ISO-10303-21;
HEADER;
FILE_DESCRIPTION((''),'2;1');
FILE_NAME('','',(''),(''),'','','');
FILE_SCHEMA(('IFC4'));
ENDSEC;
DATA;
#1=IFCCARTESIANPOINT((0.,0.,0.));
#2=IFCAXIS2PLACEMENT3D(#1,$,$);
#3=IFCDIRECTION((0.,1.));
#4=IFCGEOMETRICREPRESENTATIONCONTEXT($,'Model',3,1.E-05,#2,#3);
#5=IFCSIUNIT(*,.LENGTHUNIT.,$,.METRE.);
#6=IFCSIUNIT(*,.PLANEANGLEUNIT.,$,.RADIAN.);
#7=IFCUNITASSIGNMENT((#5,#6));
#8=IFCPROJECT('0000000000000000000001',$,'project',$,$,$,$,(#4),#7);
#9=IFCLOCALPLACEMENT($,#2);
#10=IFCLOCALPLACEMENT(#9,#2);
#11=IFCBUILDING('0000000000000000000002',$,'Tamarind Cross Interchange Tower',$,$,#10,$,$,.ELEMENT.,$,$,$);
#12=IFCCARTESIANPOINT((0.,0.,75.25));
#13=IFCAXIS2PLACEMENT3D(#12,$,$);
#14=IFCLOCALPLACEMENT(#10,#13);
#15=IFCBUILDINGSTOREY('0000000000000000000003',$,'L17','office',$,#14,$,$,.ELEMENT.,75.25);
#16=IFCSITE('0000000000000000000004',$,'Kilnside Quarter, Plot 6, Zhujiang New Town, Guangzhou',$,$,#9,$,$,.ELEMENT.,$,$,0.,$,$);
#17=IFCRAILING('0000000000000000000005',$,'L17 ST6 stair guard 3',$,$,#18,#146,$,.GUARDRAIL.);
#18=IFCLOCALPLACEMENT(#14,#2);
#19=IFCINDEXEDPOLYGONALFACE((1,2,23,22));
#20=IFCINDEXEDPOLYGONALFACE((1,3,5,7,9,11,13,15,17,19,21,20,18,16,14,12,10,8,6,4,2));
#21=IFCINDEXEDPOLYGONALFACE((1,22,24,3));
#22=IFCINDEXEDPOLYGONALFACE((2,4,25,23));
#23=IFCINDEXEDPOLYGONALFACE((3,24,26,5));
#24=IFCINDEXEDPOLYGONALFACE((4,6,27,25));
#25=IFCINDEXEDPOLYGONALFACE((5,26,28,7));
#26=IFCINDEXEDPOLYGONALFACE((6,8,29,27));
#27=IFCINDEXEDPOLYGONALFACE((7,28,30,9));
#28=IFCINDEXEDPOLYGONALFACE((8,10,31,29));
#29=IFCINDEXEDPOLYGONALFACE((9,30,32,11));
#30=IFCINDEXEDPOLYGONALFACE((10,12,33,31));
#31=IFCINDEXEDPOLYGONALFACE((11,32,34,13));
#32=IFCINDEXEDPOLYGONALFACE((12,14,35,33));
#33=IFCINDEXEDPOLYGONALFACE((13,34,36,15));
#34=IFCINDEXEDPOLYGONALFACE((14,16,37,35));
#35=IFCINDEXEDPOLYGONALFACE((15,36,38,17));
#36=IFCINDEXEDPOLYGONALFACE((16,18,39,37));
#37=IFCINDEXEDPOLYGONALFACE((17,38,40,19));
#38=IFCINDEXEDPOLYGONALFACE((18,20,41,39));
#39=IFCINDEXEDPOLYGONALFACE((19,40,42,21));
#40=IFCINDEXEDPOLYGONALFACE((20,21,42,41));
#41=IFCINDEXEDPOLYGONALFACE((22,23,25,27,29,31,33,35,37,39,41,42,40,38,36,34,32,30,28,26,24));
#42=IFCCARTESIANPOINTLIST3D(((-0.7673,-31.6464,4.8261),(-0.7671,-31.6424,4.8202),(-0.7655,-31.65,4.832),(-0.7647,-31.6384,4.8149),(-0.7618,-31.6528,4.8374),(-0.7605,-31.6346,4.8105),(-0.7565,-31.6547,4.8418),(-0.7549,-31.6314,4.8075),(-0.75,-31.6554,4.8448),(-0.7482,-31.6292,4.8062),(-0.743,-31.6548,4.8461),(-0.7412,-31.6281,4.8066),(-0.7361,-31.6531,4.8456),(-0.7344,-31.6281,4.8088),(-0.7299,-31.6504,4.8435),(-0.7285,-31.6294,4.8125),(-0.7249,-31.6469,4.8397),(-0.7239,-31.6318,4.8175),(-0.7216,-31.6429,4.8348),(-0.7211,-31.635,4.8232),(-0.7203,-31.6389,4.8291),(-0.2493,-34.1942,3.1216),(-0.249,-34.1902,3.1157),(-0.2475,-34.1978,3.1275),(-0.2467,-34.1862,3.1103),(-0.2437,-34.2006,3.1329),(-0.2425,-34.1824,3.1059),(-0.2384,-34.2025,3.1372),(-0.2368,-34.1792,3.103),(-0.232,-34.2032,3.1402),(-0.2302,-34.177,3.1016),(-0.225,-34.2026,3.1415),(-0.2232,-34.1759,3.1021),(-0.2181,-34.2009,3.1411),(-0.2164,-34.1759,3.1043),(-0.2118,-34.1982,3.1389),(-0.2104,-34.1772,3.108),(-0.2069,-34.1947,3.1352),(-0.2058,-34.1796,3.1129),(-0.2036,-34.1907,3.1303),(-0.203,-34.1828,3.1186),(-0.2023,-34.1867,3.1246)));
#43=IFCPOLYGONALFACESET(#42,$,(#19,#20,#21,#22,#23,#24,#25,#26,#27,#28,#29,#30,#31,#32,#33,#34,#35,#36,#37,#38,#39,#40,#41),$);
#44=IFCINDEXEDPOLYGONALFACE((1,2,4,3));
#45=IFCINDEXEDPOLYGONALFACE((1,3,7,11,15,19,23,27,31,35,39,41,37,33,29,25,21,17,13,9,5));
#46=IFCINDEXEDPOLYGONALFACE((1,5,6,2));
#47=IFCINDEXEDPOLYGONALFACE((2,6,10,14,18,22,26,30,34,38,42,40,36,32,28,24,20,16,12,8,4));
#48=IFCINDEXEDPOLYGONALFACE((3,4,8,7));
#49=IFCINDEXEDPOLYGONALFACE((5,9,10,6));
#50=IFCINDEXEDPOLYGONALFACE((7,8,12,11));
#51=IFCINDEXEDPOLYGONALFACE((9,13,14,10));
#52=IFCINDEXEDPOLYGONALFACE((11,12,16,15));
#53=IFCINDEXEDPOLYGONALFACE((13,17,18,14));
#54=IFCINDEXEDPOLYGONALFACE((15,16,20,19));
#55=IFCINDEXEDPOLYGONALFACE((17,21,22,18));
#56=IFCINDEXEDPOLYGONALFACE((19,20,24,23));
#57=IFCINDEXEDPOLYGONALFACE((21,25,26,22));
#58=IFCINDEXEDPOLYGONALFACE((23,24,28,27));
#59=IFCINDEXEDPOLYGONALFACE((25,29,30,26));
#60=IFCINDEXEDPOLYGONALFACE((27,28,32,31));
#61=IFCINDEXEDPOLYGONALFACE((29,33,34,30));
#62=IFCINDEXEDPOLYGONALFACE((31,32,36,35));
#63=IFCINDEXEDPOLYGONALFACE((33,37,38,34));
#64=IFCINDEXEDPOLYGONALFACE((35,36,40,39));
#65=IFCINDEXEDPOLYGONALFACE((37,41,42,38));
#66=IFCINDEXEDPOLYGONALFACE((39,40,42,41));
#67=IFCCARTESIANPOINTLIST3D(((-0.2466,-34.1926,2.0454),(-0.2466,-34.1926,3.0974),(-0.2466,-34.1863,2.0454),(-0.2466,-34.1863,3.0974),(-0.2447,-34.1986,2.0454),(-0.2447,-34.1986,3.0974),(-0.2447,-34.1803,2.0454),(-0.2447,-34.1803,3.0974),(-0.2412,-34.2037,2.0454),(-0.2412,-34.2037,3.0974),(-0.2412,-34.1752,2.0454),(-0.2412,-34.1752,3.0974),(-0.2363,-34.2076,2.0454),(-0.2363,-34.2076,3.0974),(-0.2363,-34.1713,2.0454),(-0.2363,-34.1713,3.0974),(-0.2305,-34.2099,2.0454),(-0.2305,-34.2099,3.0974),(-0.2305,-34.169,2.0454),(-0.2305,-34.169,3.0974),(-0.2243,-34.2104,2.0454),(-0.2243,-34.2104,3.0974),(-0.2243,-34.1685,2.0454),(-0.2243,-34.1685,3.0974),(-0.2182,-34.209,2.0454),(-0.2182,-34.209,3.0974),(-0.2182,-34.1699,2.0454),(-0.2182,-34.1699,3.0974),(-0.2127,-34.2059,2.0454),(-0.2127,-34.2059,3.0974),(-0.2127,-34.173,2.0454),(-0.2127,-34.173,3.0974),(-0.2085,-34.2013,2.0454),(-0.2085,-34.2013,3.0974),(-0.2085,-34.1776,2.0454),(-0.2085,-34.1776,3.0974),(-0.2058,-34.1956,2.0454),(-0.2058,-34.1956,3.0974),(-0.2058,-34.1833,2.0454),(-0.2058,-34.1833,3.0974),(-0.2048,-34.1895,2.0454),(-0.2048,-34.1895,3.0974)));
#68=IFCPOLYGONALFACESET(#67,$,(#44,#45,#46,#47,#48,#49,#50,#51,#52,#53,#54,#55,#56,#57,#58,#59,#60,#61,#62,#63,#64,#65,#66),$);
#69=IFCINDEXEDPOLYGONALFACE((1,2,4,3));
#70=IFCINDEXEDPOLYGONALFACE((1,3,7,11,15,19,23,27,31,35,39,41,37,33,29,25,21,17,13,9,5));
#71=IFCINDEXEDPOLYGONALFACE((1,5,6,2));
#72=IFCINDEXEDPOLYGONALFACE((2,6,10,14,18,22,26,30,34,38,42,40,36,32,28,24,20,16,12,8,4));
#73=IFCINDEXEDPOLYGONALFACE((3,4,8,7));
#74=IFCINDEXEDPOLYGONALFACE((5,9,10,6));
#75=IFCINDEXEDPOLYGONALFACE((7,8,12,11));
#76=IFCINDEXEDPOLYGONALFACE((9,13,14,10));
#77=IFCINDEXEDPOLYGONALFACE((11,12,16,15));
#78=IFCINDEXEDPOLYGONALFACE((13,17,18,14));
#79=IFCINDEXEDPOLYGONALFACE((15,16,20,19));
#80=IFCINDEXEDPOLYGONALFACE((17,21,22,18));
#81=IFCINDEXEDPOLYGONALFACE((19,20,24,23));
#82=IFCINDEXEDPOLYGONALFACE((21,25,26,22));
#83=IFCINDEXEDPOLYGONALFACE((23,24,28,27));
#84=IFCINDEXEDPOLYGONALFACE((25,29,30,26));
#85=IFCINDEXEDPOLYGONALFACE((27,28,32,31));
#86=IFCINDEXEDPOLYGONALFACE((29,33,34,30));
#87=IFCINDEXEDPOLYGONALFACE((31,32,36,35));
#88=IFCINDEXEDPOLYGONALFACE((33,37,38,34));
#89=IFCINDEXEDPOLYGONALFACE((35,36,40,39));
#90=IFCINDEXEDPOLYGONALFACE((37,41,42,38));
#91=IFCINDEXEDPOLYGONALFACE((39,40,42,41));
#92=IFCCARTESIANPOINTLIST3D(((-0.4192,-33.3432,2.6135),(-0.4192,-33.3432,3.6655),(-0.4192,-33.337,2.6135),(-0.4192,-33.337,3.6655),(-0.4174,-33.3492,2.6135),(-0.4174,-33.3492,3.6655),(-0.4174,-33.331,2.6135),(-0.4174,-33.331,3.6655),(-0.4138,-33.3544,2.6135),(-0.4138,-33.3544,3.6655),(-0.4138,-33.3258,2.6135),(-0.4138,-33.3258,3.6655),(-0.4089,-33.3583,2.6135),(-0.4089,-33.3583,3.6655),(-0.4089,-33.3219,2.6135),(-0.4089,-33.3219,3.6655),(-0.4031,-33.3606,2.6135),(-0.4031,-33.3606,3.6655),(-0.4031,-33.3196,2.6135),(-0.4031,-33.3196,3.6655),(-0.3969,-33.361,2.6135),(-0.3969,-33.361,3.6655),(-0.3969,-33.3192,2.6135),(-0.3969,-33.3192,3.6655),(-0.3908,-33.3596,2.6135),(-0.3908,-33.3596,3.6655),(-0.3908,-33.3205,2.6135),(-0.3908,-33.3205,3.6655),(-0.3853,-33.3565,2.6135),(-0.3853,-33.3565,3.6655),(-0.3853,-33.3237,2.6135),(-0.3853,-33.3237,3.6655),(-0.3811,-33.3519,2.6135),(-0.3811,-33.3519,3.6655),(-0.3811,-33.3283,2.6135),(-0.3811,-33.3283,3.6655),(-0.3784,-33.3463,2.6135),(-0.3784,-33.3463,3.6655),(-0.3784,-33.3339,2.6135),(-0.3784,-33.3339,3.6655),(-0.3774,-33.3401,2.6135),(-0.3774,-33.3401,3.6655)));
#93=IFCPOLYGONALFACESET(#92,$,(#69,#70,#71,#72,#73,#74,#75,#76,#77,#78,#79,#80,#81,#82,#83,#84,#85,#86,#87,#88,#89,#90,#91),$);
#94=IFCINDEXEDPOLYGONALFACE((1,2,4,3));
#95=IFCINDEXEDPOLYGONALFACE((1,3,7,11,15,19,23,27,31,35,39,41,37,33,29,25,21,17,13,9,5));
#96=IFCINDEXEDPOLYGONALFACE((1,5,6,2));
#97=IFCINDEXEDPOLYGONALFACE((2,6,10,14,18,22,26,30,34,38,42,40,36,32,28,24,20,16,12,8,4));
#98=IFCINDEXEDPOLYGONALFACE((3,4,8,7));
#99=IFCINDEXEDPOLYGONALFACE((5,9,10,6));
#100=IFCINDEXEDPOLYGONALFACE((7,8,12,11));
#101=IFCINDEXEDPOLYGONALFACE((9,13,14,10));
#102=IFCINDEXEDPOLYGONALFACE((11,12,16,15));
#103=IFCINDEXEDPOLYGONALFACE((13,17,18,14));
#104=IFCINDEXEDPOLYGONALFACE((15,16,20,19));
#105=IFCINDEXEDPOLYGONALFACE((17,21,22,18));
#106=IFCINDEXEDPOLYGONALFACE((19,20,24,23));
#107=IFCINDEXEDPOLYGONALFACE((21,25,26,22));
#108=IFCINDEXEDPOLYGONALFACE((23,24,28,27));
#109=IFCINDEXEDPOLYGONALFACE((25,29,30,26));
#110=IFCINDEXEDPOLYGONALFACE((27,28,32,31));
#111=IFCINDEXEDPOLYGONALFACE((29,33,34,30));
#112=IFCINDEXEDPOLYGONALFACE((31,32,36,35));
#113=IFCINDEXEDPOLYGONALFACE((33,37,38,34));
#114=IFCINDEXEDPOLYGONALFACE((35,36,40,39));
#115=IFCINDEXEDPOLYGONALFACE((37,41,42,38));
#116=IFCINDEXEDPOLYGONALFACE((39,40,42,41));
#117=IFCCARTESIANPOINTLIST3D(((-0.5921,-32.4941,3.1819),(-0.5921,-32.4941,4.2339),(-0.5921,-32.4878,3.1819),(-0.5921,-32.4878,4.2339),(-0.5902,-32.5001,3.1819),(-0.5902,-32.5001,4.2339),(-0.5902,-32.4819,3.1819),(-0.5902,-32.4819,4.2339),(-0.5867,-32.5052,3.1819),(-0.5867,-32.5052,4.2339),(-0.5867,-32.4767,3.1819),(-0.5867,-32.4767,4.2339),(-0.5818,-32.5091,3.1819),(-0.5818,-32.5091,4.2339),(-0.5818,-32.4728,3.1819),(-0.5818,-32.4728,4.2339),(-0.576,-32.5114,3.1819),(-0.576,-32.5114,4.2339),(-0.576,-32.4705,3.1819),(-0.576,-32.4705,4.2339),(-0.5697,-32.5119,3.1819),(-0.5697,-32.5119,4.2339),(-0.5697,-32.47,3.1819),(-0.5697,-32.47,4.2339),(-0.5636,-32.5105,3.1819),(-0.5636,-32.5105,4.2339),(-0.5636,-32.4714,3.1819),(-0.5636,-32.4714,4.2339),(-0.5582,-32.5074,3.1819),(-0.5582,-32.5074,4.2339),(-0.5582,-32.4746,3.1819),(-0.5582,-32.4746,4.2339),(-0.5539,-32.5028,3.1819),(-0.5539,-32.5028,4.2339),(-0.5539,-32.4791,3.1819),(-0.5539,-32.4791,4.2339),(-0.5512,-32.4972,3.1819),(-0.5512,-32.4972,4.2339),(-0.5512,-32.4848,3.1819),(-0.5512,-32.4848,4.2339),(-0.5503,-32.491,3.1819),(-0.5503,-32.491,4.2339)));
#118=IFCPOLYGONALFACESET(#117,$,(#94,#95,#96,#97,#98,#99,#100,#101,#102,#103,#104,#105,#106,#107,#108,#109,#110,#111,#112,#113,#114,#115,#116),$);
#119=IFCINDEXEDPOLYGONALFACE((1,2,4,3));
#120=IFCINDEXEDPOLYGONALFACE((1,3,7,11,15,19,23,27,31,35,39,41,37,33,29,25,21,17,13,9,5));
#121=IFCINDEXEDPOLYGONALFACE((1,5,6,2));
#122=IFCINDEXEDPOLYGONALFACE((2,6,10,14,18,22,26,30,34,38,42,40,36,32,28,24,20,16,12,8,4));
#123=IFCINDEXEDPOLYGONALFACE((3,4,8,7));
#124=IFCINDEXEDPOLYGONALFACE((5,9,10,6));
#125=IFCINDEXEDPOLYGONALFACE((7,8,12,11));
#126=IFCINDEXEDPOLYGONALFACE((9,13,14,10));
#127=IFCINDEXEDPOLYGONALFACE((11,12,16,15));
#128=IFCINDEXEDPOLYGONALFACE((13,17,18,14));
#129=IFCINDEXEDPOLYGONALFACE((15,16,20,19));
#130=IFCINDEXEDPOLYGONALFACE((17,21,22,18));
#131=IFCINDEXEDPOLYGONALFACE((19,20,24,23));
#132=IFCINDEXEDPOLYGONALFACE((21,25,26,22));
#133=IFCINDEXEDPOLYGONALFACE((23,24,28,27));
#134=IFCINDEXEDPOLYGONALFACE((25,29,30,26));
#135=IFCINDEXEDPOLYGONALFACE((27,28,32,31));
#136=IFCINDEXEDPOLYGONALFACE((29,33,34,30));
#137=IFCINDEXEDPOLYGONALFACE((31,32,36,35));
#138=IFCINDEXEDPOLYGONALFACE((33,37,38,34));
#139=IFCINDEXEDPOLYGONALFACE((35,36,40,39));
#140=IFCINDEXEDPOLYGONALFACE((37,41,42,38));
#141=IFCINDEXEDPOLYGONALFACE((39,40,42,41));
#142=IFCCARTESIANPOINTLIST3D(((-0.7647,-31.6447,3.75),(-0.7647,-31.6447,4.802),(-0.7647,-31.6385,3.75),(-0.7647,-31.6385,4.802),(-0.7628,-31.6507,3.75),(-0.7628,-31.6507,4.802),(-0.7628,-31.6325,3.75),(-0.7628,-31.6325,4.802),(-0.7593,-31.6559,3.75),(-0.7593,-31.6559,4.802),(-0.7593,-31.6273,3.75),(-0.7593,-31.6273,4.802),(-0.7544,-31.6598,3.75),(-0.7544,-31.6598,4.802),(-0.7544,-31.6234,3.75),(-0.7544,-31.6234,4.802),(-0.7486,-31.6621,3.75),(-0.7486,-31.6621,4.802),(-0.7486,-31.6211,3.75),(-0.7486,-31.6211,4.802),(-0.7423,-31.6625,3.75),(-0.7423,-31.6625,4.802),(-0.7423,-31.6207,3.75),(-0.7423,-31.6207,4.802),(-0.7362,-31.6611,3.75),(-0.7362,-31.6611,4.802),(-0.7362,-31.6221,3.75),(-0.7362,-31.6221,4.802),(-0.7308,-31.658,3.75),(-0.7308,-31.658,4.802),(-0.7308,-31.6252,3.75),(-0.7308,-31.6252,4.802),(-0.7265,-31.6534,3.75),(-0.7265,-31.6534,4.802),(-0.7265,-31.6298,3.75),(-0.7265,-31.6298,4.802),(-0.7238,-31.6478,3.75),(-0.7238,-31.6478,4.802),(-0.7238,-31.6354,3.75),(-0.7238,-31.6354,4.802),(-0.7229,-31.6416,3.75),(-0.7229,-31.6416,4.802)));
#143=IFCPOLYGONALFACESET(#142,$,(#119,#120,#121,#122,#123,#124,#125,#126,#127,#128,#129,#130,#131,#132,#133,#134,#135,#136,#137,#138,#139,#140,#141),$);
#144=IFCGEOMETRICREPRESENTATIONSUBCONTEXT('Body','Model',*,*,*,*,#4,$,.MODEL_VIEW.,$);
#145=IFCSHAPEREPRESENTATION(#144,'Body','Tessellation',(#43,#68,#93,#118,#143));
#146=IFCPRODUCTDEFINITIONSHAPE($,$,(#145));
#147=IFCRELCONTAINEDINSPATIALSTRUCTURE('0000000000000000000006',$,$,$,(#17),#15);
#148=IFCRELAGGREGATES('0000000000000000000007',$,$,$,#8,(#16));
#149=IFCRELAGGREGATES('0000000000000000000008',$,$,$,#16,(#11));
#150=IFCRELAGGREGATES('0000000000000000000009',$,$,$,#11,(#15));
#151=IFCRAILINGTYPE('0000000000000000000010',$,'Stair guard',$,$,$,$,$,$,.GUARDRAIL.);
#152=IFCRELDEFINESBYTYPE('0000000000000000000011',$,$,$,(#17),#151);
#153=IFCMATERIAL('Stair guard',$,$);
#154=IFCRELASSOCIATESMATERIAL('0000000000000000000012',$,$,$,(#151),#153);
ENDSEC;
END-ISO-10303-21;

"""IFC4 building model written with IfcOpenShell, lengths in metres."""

from ifc_helpers import new_model, si_unit, direction, frame, origin, origin_2d, place, context, subcontext, project, spatial, circle, extrude, material, type_object, element, save


model = new_model("IFC4")

# Units and contexts
model_context = context("Model", 3, precision=1e-05, world=origin(), true_north=direction((0.0, 1.0)))
body_context = subcontext(model_context, "Body", "Model", "MODEL_VIEW")
ifc_project = project(units=[si_unit("LENGTHUNIT", "METRE"), si_unit("PLANEANGLEUNIT", "RADIAN")], contexts=[model_context])

# Site, building, storey
site_placement = place(None, origin())
site = spatial("IfcSite", under=ifc_project, at=site_placement, Name="Kilnside Quarter, Plot 6, Zhujiang New Town, Guangzhou", CompositionType="ELEMENT", RefElevation=0.0)
building_placement = place(site_placement, origin())
building = spatial("IfcBuilding", under=site, at=building_placement, Name="Tamarind Cross Interchange Tower", CompositionType="ELEMENT")
storey_placement = place(building_placement, frame((0.0, 0.0, 75.25)))
storey = spatial("IfcBuildingStorey", under=building, at=storey_placement, Name="L17", Description="office", CompositionType="ELEMENT", Elevation=75.25)

# Railing
ifc_material_1 = material(Name="Stair guard")
railing_type_1 = type_object("IfcRailingType", Name="Stair guard", PredefinedType="GUARDRAIL", material=ifc_material_1)
railing_1_placement = place(storey_placement, frame((-0.2258, -34.1895, 2.0454)))
element("IfcRailing", 1, at=railing_1_placement, inside=storey, type_object=railing_type_1, Name="L17 ST6 stair guard 3", PredefinedType="GUARDRAIL", context=body_context, shape_type="SweptSolid", body=[
    extrude(circle(Radius=0.0239, at=origin_2d()), frame((0.0, 0.0, 1.0762), z_axis=(-0.166637, 0.819522, 0.548285), x_axis=(-0.979947, -0.199257, 0.0)), (0.0, 0.0, 1.0), 3.1089),
    extrude(circle(Radius=0.021, at=origin_2d()), origin(), (0.0, 0.0, 1.0), 1.052),
    extrude(circle(Radius=0.021, at=origin_2d()), frame((-0.1726, 0.8494, 0.5681)), (0.0, 0.0, 1.0), 1.052),
    extrude(circle(Radius=0.021, at=origin_2d()), frame((-0.3455, 1.6985, 1.1365)), (0.0, 0.0, 1.0), 1.052),
    extrude(circle(Radius=0.021, at=origin_2d()), frame((-0.5181, 2.5479, 1.7046)), (0.0, 0.0, 1.0), 1.052),
])

save(model, "model.ifc")
